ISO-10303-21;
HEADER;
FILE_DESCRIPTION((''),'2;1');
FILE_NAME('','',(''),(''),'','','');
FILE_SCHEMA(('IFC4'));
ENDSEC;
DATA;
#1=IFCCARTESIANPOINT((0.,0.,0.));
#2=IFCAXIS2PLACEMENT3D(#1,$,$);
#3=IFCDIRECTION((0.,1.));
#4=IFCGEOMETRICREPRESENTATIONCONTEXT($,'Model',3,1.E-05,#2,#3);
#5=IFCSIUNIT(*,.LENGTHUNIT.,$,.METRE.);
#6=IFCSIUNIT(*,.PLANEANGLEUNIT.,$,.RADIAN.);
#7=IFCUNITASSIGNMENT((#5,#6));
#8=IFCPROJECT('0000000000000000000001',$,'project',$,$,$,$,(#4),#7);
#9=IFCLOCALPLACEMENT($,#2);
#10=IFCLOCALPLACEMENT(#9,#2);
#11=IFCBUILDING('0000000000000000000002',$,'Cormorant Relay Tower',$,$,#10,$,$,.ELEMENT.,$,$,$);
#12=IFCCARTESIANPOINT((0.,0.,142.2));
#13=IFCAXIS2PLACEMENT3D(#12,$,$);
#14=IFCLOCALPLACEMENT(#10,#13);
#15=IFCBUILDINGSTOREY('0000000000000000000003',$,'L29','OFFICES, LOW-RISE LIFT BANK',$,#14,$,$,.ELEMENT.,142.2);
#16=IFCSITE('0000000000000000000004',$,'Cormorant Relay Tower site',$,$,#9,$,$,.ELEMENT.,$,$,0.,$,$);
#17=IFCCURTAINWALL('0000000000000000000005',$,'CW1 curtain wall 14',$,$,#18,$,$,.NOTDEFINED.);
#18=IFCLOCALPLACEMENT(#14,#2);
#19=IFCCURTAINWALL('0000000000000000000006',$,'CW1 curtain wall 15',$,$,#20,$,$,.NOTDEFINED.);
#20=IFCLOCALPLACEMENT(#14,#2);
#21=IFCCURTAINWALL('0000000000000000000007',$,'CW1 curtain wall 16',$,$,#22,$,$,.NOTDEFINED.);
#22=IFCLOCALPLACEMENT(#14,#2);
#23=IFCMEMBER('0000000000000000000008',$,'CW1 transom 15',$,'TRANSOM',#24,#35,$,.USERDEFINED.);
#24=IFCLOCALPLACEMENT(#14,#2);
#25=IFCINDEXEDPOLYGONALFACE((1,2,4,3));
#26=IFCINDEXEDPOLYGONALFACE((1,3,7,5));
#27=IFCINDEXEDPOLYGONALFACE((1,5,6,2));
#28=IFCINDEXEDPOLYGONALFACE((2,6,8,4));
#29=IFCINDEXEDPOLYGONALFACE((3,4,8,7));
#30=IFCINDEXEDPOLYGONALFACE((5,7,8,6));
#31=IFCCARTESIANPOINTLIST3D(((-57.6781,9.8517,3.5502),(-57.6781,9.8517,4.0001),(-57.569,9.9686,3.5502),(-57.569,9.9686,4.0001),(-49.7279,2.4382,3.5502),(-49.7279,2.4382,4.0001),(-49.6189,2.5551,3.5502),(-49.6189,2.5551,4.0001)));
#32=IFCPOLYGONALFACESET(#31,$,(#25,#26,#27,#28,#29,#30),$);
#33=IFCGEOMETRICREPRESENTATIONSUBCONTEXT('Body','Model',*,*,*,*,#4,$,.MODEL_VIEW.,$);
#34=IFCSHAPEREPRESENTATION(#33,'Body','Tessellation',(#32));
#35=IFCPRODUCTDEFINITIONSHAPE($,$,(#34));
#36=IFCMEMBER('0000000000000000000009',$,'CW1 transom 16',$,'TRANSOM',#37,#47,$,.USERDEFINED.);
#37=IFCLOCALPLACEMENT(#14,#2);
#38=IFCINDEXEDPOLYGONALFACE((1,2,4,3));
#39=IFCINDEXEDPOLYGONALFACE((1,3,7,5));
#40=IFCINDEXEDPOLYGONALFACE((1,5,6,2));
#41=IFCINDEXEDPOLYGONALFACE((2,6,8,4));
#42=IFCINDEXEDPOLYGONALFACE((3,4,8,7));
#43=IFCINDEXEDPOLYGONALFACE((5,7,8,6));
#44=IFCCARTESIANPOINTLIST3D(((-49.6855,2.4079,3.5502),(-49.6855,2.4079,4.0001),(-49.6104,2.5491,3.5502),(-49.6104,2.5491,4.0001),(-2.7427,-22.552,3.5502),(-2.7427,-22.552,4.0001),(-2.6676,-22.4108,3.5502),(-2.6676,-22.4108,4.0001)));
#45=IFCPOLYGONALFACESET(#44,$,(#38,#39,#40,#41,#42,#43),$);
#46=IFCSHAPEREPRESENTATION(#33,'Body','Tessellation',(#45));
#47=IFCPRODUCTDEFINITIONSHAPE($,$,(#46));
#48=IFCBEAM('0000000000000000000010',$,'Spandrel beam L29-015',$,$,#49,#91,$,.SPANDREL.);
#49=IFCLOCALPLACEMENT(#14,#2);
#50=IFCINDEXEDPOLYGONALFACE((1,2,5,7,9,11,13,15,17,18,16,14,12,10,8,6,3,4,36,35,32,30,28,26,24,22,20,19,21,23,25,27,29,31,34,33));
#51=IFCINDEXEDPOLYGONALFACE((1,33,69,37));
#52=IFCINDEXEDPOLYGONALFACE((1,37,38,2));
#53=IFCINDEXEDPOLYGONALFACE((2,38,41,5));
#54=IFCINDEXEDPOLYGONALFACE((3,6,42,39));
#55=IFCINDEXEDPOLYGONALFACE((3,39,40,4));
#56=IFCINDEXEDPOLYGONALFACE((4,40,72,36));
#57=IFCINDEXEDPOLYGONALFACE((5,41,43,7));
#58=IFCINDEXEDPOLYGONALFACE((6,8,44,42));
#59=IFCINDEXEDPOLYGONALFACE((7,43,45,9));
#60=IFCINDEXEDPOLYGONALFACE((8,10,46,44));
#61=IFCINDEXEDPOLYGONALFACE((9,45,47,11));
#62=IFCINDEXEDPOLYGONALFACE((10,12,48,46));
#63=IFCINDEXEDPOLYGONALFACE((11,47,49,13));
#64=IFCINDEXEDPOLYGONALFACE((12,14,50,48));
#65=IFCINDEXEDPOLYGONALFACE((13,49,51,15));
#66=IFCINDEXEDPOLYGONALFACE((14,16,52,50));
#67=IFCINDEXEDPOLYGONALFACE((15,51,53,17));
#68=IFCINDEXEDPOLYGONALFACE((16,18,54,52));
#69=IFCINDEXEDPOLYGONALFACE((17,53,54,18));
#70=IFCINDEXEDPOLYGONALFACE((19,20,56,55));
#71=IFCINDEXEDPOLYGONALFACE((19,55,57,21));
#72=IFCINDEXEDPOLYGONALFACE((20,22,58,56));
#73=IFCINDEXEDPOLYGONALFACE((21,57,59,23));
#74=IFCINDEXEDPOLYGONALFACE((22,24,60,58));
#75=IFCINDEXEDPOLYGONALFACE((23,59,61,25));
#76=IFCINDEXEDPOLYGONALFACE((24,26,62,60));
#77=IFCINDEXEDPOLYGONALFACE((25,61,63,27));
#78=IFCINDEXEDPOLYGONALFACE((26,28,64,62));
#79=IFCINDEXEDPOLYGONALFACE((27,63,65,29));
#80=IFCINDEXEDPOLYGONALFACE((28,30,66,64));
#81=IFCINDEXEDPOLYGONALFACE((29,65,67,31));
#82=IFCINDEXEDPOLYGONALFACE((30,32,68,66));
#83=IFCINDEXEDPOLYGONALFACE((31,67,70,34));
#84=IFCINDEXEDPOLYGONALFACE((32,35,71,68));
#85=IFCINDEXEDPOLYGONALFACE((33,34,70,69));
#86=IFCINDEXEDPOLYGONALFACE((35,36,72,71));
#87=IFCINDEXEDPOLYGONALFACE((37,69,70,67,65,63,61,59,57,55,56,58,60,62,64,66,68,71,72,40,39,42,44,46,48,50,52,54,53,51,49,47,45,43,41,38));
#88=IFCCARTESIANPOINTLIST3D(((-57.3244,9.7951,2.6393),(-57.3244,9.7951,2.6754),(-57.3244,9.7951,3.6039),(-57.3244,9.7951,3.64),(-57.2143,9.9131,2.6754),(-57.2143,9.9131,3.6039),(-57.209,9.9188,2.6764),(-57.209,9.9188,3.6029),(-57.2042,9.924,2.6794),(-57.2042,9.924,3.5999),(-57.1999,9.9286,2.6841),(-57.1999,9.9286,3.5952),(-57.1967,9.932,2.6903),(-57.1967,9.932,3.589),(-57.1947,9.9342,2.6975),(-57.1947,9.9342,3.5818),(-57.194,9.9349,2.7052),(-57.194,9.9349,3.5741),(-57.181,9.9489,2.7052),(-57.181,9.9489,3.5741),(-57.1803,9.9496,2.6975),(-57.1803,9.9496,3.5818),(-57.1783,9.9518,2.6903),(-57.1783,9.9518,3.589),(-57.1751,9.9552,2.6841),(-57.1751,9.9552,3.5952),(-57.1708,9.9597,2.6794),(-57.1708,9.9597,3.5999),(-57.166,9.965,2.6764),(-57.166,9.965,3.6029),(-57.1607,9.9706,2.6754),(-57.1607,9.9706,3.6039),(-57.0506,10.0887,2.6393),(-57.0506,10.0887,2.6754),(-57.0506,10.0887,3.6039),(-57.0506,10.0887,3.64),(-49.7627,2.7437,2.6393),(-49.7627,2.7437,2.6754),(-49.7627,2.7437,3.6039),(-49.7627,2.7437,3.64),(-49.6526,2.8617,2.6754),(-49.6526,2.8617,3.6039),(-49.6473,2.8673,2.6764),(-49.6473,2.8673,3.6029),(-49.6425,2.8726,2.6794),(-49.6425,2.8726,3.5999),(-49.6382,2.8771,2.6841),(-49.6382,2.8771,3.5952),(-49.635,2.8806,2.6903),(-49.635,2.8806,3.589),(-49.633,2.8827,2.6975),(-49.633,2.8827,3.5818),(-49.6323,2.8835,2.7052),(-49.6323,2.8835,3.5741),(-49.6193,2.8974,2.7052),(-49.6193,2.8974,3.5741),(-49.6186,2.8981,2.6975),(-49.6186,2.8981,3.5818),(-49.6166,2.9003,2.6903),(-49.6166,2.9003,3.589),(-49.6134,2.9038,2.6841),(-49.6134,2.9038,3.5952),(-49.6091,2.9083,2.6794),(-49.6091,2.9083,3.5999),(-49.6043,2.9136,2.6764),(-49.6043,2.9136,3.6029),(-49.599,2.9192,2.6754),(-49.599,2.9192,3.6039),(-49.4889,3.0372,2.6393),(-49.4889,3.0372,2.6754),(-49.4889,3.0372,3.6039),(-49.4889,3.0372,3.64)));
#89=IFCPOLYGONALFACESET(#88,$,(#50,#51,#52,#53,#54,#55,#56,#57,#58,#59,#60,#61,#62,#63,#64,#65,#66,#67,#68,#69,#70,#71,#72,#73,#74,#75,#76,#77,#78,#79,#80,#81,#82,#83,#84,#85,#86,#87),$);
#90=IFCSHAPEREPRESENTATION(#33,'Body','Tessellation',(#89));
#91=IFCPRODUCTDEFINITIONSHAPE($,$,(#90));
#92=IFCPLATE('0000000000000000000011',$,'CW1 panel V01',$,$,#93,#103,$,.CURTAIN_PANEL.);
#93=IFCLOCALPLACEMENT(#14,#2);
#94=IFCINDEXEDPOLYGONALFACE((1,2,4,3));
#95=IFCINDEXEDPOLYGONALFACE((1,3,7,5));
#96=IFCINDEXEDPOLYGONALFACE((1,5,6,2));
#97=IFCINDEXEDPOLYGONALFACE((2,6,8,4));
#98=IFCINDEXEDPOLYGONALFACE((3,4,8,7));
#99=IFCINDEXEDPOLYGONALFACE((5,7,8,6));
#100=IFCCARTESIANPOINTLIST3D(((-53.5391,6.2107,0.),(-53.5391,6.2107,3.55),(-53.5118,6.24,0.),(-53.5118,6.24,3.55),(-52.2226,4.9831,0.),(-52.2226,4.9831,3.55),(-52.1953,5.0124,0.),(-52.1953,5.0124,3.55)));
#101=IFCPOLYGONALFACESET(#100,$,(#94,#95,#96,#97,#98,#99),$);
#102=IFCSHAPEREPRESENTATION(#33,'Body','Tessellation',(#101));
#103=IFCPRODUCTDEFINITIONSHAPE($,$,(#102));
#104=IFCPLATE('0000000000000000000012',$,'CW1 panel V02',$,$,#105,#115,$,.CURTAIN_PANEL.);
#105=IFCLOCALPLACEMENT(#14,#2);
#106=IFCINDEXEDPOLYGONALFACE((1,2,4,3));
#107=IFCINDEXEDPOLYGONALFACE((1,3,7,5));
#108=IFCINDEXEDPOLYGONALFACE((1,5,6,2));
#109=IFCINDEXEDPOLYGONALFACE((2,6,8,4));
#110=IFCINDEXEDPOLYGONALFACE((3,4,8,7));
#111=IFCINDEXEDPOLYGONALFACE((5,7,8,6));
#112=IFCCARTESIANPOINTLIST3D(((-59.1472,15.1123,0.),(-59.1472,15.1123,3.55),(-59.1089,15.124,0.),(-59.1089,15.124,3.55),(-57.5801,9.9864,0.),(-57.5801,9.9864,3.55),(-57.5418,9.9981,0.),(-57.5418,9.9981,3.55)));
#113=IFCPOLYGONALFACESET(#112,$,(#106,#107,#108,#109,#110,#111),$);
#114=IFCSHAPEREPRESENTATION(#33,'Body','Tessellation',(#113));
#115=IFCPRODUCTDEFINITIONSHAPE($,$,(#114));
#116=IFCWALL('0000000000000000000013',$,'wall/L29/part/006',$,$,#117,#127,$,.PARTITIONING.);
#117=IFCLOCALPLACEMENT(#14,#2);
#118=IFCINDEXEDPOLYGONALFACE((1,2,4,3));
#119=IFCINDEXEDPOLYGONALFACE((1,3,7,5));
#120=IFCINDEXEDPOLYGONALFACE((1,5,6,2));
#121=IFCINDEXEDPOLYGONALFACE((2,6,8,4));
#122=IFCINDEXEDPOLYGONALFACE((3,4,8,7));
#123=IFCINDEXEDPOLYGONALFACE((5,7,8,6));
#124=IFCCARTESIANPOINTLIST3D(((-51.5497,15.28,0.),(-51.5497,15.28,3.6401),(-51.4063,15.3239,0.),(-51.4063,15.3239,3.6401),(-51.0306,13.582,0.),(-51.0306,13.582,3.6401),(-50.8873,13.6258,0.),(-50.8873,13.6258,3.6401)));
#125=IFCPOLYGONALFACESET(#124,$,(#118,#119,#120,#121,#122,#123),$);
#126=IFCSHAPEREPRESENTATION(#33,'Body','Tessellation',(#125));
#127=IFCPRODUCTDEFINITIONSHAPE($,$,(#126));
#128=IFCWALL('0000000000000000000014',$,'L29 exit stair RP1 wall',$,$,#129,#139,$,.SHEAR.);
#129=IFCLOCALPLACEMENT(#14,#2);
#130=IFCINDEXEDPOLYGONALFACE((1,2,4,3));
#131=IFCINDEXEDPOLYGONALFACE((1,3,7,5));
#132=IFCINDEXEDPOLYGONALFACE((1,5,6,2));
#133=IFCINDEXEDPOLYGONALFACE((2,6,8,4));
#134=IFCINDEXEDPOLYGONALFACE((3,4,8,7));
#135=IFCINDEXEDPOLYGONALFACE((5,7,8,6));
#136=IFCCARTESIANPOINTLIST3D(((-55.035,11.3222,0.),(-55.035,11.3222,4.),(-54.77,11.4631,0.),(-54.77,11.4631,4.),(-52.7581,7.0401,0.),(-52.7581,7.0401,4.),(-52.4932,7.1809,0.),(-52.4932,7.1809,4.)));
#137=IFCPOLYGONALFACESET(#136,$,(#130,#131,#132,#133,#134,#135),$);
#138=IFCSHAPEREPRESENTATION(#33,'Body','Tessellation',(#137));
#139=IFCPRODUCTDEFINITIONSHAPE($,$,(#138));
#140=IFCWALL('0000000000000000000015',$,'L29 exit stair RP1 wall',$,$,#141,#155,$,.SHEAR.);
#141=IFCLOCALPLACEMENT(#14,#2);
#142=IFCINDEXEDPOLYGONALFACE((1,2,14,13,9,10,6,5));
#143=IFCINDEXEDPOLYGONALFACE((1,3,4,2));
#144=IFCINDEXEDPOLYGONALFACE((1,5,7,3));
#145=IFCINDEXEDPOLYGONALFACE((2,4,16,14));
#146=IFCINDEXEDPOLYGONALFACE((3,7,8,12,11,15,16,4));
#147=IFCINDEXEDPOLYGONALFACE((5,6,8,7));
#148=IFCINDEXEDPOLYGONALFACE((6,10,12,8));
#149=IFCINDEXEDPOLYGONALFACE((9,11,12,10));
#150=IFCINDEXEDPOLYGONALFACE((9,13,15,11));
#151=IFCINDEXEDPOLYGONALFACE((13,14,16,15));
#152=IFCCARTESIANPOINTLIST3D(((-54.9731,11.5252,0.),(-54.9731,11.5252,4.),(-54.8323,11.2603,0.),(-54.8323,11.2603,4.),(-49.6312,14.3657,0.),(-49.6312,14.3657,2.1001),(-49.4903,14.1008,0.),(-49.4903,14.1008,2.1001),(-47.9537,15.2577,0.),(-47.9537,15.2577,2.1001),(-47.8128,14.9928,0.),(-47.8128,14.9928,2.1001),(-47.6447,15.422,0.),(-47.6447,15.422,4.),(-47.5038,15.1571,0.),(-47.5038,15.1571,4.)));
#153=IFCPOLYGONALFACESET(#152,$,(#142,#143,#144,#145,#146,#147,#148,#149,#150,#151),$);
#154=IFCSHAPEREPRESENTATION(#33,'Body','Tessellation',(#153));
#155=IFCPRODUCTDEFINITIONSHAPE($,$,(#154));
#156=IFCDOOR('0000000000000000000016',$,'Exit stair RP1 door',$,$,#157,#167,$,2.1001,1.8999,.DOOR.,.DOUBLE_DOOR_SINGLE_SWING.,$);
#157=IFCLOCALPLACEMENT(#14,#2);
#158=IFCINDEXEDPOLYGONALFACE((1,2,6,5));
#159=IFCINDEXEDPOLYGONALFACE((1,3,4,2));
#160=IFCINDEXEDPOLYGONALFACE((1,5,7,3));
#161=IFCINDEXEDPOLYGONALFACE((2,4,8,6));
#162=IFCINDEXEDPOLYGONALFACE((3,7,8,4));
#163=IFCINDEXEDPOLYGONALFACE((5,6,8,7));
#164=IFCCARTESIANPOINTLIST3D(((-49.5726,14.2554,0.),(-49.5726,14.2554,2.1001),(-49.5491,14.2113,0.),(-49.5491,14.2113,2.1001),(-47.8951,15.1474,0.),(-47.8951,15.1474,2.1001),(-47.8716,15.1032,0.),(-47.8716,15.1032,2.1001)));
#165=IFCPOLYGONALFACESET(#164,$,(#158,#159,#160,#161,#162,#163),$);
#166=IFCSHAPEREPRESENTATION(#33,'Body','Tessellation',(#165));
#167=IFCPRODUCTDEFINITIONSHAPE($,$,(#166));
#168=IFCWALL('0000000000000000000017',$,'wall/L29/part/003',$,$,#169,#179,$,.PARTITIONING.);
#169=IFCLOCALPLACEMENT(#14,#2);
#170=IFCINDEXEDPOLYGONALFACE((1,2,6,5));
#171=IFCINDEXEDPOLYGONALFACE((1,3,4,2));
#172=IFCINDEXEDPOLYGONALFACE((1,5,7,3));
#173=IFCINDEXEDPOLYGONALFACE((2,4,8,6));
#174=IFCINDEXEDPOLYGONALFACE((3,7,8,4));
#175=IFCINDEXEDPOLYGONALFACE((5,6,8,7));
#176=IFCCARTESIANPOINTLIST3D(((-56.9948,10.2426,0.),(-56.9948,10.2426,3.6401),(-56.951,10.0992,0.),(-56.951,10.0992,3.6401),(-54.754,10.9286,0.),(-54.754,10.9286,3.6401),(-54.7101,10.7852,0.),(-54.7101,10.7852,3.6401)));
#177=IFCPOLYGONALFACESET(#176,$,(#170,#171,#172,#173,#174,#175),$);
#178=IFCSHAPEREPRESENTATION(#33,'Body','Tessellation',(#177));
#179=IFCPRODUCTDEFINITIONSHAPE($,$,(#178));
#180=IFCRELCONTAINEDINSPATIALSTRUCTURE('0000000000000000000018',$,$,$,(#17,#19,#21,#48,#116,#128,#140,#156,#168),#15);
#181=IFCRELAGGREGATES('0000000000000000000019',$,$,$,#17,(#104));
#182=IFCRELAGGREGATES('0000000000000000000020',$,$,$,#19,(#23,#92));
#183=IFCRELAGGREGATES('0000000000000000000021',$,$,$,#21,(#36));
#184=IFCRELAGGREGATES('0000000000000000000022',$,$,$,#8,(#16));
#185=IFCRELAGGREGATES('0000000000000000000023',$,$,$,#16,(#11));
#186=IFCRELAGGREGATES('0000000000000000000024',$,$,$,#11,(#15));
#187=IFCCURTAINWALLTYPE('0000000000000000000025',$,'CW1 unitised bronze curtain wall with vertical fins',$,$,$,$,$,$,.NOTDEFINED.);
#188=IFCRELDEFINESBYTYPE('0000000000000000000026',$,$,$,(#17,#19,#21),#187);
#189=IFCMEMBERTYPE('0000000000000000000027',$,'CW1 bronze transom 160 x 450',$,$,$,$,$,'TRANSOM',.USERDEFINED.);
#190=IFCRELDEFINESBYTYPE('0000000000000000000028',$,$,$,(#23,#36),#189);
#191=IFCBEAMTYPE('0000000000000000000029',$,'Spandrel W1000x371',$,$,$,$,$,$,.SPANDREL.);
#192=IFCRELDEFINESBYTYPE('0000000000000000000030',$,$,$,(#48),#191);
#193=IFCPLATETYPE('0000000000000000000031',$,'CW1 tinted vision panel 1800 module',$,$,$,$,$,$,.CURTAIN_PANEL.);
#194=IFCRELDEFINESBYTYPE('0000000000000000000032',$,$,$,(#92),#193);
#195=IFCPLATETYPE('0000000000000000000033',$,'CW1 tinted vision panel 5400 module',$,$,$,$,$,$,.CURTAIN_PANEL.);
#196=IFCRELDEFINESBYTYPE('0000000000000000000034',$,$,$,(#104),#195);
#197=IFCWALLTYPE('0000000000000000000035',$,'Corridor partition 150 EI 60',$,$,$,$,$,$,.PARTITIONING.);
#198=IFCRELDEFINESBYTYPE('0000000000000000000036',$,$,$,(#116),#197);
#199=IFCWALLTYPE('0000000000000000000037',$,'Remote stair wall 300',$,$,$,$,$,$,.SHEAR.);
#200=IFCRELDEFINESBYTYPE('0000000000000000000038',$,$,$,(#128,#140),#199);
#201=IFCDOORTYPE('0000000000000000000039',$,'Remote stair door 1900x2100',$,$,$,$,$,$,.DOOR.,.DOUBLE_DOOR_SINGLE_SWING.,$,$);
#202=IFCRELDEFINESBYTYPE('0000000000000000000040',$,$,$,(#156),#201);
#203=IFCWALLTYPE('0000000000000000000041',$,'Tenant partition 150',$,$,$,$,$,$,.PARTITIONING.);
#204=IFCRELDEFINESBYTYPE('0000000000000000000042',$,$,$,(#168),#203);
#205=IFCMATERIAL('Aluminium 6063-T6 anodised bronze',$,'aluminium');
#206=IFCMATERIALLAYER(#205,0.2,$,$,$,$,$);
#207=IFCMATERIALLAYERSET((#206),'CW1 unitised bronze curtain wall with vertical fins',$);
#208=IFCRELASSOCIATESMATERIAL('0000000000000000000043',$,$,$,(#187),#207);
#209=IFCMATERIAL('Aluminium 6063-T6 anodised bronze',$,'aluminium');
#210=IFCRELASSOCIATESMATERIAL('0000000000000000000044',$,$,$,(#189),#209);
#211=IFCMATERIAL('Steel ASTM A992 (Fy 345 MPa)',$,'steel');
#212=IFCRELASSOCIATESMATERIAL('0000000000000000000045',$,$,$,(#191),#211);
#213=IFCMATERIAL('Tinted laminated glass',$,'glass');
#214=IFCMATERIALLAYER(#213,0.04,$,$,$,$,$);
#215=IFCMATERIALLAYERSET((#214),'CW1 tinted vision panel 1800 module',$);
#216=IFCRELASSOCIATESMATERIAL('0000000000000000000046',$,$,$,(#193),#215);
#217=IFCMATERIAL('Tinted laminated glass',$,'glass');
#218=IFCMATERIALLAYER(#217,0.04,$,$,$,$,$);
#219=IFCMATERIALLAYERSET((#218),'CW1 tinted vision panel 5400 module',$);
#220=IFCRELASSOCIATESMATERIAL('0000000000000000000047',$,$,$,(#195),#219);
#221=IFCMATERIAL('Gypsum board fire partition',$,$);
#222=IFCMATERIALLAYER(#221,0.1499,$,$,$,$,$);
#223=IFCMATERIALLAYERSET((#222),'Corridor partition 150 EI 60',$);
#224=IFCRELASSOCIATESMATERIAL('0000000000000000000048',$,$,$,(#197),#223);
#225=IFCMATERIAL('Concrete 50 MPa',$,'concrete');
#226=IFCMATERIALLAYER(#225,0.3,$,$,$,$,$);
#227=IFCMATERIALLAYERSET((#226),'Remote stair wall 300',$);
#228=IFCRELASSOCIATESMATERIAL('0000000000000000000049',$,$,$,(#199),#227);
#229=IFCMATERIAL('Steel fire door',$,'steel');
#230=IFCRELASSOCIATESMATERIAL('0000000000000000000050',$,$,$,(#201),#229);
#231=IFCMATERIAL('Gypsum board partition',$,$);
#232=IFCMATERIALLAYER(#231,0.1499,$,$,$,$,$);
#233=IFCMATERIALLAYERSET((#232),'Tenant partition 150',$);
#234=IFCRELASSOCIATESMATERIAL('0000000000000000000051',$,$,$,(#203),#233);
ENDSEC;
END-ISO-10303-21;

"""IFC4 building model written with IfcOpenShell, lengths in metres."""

from ifc_helpers import new_model, si_unit, direction, frame, frame_2d, origin, origin_2d, place, context, subcontext, project, spatial, rectangle, i_section, extrude, material, layer, layer_set, material_profile, profile_set, type_object, element, fill, aggregate, save


model = new_model("IFC4")

# Units and contexts
model_context = context("Model", 3, precision=1e-05, world=origin(), true_north=direction((0.0, 1.0)))
body_context = subcontext(model_context, "Body", "Model", "MODEL_VIEW")
ifc_project = project(units=[si_unit("LENGTHUNIT", "METRE"), si_unit("PLANEANGLEUNIT", "RADIAN")], contexts=[model_context])

# Site, building, storey
site_placement = place(None, origin())
site = spatial("IfcSite", under=ifc_project, at=site_placement, Name="Cormorant Relay Tower site", CompositionType="ELEMENT", RefElevation=0.0)
building_placement = place(site_placement, origin())
building = spatial("IfcBuilding", under=site, at=building_placement, Name="Cormorant Relay Tower", CompositionType="ELEMENT")
storey_placement = place(building_placement, frame((0.0, 0.0, 142.2)))
storey = spatial("IfcBuildingStorey", under=building, at=storey_placement, Name="L29", Description="OFFICES, LOW-RISE LIFT BANK", CompositionType="ELEMENT", Elevation=142.2)

# Curtain wall
ifc_material_1 = material(Name="Aluminium 6063-T6 anodised bronze", Category="aluminium")
ifc_layer_1 = layer(ifc_material_1, 0.2)
ifc_layer_set_1 = layer_set([ifc_layer_1], Name="CW1 unitised bronze curtain wall with vertical fins")
curtain_wall_type = type_object("IfcCurtainWallType", Name="CW1 unitised bronze curtain wall with vertical fins", PredefinedType="NOTDEFINED", material=ifc_layer_set_1)
curtain_wall_1_placement = place(storey_placement, origin())
curtain_wall_1 = element("IfcCurtainWall", 1, at=curtain_wall_1_placement, inside=storey, type_object=curtain_wall_type, Name="CW1 curtain wall 14", PredefinedType="NOTDEFINED")

# Curtain wall
curtain_wall_2_placement = place(storey_placement, origin())
curtain_wall_2 = element("IfcCurtainWall", 2, at=curtain_wall_2_placement, inside=storey, type_object=curtain_wall_type, Name="CW1 curtain wall 15", PredefinedType="NOTDEFINED")

# Curtain wall
curtain_wall_3_placement = place(storey_placement, origin())
curtain_wall_3 = element("IfcCurtainWall", 3, at=curtain_wall_3_placement, inside=storey, type_object=curtain_wall_type, Name="CW1 curtain wall 16", PredefinedType="NOTDEFINED")

# Members
ifc_material_2 = material(Name="Aluminium 6063-T6 anodised bronze", Category="aluminium")
ifc_material_profile_1 = material_profile(ifc_material_2, rectangle(XDim=0.1599, YDim=0.45, at=origin_2d()), Name="AL 160x450")
ifc_profile_set_1 = profile_set([ifc_material_profile_1], Name="Aluminium 6063-T6 anodised bronze")
member_type_1 = type_object("IfcMemberType", Name="CW1 bronze transom 160 x 450", ElementType="TRANSOM", PredefinedType="USERDEFINED", material=ifc_profile_set_1)
member_1_placement = place(storey_placement, frame((-57.6235, 9.9102, 3.7751), z_axis=(0.731358, -0.681993, 0.0), x_axis=(0.681993, 0.731358, 0.0)))
member_1 = element("IfcMember", 4, at=member_1_placement, type_object=member_type_1, Name="CW1 transom 15", ObjectType="TRANSOM", PredefinedType="USERDEFINED", context=body_context, shape_type="SweptSolid", body=[
    extrude(rectangle(XDim=0.1599, YDim=0.45, at=origin_2d()), origin(), (0.0, 0.0, 1.0), 10.8704),
])
member_2_placement = place(storey_placement, frame((-49.6479, 2.4785, 3.7751), z_axis=(0.882948, -0.469471, 0.0), x_axis=(0.469471, 0.882948, 0.0)))
member_2 = element("IfcMember", 5, at=member_2_placement, type_object=member_type_1, Name="CW1 transom 16", ObjectType="TRANSOM", PredefinedType="USERDEFINED", context=body_context, shape_type="SweptSolid", body=[
    extrude(rectangle(XDim=0.1599, YDim=0.45, at=origin_2d()), origin(), (0.0, 0.0, 1.0), 53.166),
])

# Beam
ifc_material_3 = material(Name="Steel ASTM A992 (Fy 345 MPa)", Category="steel")
ifc_material_profile_2 = material_profile(ifc_material_3, i_section(OverallWidth=0.4014, OverallDepth=1.0007, WebThickness=0.019, FlangeThickness=0.0361, FilletRadius=0.0298, at=origin_2d()), Name="W1000x371")
ifc_profile_set_2 = profile_set([ifc_material_profile_2], Name="Steel ASTM A992 (Fy 345 MPa)")
beam_type = type_object("IfcBeamType", Name="Spandrel W1000x371", PredefinedType="SPANDREL", material=ifc_profile_set_2)
beam_placement = place(storey_placement, frame((-57.1875, 9.9419, 3.1396), z_axis=(0.731351, -0.682001, 0.0), x_axis=(0.682001, 0.731351, 0.0)))
element("IfcBeam", 6, at=beam_placement, inside=storey, type_object=beam_type, Name="Spandrel beam L29-015", PredefinedType="SPANDREL", context=body_context, shape_type="SweptSolid", body=[
    extrude(i_section(OverallWidth=0.4014, OverallDepth=1.0007, WebThickness=0.019, FlangeThickness=0.0361, FilletRadius=0.0298, at=origin_2d()), origin(), (0.0, 0.0, 1.0), 10.3394),
])

# Plates
ifc_material_4 = material(Name="Tinted laminated glass", Category="glass")
ifc_layer_2 = layer(ifc_material_4, 0.04)
ifc_layer_set_2 = layer_set([ifc_layer_2], Name="CW1 tinted vision panel 1800 module")
plate_type_1 = type_object("IfcPlateType", Name="CW1 tinted vision panel 1800 module", PredefinedType="CURTAIN_PANEL", material=ifc_layer_set_2)
plate_1_placement = place(storey_placement, frame((-52.8672, 5.6116, 0.0), z_axis=(0.0, 0.0, 1.0), x_axis=(0.731354, -0.681998, 0.0)))
plate_1 = element("IfcPlate", 7, at=plate_1_placement, type_object=plate_type_1, Name="CW1 panel V01", PredefinedType="CURTAIN_PANEL", context=body_context, shape_type="SweptSolid", body=[
    extrude(rectangle(XDim=1.8, YDim=0.04, at=origin_2d()), origin(), (0.0, 0.0, 1.0), 3.55),
])
ifc_material_5 = material(Name="Tinted laminated glass", Category="glass")
ifc_layer_3 = layer(ifc_material_5, 0.04)
ifc_layer_set_3 = layer_set([ifc_layer_3], Name="CW1 tinted vision panel 5400 module")
plate_type_2 = type_object("IfcPlateType", Name="CW1 tinted vision panel 5400 module", PredefinedType="CURTAIN_PANEL", material=ifc_layer_set_3)
plate_2_placement = place(storey_placement, frame((-58.3445, 12.5552, 0.0), z_axis=(0.0, 0.0, 1.0), x_axis=(0.292372, -0.956305, 0.0)))
plate_2 = element("IfcPlate", 8, at=plate_2_placement, type_object=plate_type_2, Name="CW1 panel V02", PredefinedType="CURTAIN_PANEL", context=body_context, shape_type="SweptSolid", body=[
    extrude(rectangle(XDim=5.3601, YDim=0.04, at=origin_2d()), origin(), (0.0, 0.0, 1.0), 3.55),
])
aggregate(curtain_wall_1, [plate_2])

# Walls
ifc_material_6 = material(Name="Gypsum board fire partition")
ifc_layer_4 = layer(ifc_material_6, 0.1499)
ifc_layer_set_4 = layer_set([ifc_layer_4], Name="Corridor partition 150 EI 60")
wall_type_1 = type_object("IfcWallType", Name="Corridor partition 150 EI 60", PredefinedType="PARTITIONING", material=ifc_layer_set_4)
wall_1_placement = place(storey_placement, frame((-50.959, 13.604, 0.0), z_axis=(0.0, 0.0, 1.0), x_axis=(-0.292327, 0.956318, 0.0)))
element("IfcWall", 9, at=wall_1_placement, inside=storey, type_object=wall_type_1, Name="wall/L29/part/006", PredefinedType="PARTITIONING", context=body_context, shape_type="SweptSolid", body=[
    extrude(rectangle(XDim=1.7756, YDim=0.1499, at=frame_2d((0.8877, 0.0))), origin(), (0.0, 0.0, 1.0), 3.6401),
])
ifc_material_7 = material(Name="Concrete 50 MPa", Category="concrete")
ifc_layer_5 = layer(ifc_material_7, 0.3)
ifc_layer_set_5 = layer_set([ifc_layer_5], Name="Remote stair wall 300")
wall_type_2 = type_object("IfcWallType", Name="Remote stair wall 300", PredefinedType="SHEAR", material=ifc_layer_set_5)
wall_2_placement = place(storey_placement, frame((-52.6257, 7.1106, 0.0), z_axis=(0.0, 0.0, 1.0), x_axis=(-0.469464, 0.882951, 0.0)))
element("IfcWall", 10, at=wall_2_placement, inside=storey, type_object=wall_type_2, Name="L29 exit stair RP1 wall", PredefinedType="SHEAR", context=body_context, shape_type="SweptSolid", body=[
    extrude(rectangle(XDim=4.8499, YDim=0.3, at=frame_2d((2.4248, 0.0))), origin(), (0.0, 0.0, 1.0), 4.0),
])

# Wall, opening, door
wall_3_placement = place(storey_placement, frame((-54.9026, 11.3928, 0.0), z_axis=(0.0, 0.0, 1.0), x_axis=(0.882939, 0.469487, 0.0)))
wall_3 = element("IfcWall", 11, at=wall_3_placement, inside=storey, type_object=wall_type_2, Name="L29 exit stair RP1 wall", PredefinedType="SHEAR", context=body_context, shape_type="SweptSolid", body=[
    extrude(rectangle(XDim=8.3, YDim=0.3, at=frame_2d((4.1499, 0.0))), origin(), (0.0, 0.0, 1.0), 4.0),
])
opening_placement = place(wall_3_placement, frame((6.05, 0.0, 0.0)))
opening = element("IfcOpeningElement", 12, at=opening_placement, cuts=wall_3, PredefinedType="OPENING", context=body_context, shape_type="SweptSolid", body=[
    extrude(rectangle(XDim=1.8999, YDim=2.1001, at=frame_2d((0.95, 1.05))), frame((0.0, 0.1599, 0.0), z_axis=(0.0, -1.0, 0.0), x_axis=(1.0, 0.0, 0.0)), (0.0, 0.0, 1.0), 0.3201),
])
ifc_material_8 = material(Name="Steel fire door", Category="steel")
door_type = type_object("IfcDoorType", Name="Remote stair door 1900x2100", OperationType="DOUBLE_DOOR_SINGLE_SWING", PredefinedType="DOOR", material=ifc_material_8)
door_placement = place(opening_placement, frame((1.8999, 0.0, 0.0), z_axis=(0.0, 0.0, 1.0), x_axis=(-1.0, 0.0, 0.0)))
door = element("IfcDoor", 13, at=door_placement, inside=storey, type_object=door_type, Name="Exit stair RP1 door", OperationType="DOUBLE_DOOR_SINGLE_SWING", OverallHeight=2.1001, OverallWidth=1.8999, PredefinedType="DOOR", context=body_context, shape_type="SweptSolid", body=[
    extrude(rectangle(XDim=1.8999, YDim=2.1001, at=frame_2d((0.95, 1.05))), frame((0.0, 0.0249, 0.0), z_axis=(0.0, -1.0, 0.0), x_axis=(1.0, 0.0, 0.0)), (0.0, 0.0, 1.0), 0.05),
])
fill(opening, door)

# Wall
ifc_material_9 = material(Name="Gypsum board partition")
ifc_layer_6 = layer(ifc_material_9, 0.1499)
ifc_layer_set_6 = layer_set([ifc_layer_6], Name="Tenant partition 150")
wall_type_3 = type_object("IfcWallType", Name="Tenant partition 150", PredefinedType="PARTITIONING", material=ifc_layer_set_6)
wall_4_placement = place(storey_placement, frame((-54.7319, 10.8569, 0.0), z_axis=(0.0, 0.0, 1.0), x_axis=(-0.956197, -0.292724, 0.0)))
element("IfcWall", 14, at=wall_4_placement, inside=storey, type_object=wall_type_3, Name="wall/L29/part/003", PredefinedType="PARTITIONING", context=body_context, shape_type="SweptSolid", body=[
    extrude(rectangle(XDim=2.3435, YDim=0.1499, at=frame_2d((1.1719, 0.0))), origin(), (0.0, 0.0, 1.0), 3.6401),
])

aggregate(curtain_wall_2, [member_1, plate_1])
aggregate(curtain_wall_3, [member_2])

save(model, "model.ifc")
